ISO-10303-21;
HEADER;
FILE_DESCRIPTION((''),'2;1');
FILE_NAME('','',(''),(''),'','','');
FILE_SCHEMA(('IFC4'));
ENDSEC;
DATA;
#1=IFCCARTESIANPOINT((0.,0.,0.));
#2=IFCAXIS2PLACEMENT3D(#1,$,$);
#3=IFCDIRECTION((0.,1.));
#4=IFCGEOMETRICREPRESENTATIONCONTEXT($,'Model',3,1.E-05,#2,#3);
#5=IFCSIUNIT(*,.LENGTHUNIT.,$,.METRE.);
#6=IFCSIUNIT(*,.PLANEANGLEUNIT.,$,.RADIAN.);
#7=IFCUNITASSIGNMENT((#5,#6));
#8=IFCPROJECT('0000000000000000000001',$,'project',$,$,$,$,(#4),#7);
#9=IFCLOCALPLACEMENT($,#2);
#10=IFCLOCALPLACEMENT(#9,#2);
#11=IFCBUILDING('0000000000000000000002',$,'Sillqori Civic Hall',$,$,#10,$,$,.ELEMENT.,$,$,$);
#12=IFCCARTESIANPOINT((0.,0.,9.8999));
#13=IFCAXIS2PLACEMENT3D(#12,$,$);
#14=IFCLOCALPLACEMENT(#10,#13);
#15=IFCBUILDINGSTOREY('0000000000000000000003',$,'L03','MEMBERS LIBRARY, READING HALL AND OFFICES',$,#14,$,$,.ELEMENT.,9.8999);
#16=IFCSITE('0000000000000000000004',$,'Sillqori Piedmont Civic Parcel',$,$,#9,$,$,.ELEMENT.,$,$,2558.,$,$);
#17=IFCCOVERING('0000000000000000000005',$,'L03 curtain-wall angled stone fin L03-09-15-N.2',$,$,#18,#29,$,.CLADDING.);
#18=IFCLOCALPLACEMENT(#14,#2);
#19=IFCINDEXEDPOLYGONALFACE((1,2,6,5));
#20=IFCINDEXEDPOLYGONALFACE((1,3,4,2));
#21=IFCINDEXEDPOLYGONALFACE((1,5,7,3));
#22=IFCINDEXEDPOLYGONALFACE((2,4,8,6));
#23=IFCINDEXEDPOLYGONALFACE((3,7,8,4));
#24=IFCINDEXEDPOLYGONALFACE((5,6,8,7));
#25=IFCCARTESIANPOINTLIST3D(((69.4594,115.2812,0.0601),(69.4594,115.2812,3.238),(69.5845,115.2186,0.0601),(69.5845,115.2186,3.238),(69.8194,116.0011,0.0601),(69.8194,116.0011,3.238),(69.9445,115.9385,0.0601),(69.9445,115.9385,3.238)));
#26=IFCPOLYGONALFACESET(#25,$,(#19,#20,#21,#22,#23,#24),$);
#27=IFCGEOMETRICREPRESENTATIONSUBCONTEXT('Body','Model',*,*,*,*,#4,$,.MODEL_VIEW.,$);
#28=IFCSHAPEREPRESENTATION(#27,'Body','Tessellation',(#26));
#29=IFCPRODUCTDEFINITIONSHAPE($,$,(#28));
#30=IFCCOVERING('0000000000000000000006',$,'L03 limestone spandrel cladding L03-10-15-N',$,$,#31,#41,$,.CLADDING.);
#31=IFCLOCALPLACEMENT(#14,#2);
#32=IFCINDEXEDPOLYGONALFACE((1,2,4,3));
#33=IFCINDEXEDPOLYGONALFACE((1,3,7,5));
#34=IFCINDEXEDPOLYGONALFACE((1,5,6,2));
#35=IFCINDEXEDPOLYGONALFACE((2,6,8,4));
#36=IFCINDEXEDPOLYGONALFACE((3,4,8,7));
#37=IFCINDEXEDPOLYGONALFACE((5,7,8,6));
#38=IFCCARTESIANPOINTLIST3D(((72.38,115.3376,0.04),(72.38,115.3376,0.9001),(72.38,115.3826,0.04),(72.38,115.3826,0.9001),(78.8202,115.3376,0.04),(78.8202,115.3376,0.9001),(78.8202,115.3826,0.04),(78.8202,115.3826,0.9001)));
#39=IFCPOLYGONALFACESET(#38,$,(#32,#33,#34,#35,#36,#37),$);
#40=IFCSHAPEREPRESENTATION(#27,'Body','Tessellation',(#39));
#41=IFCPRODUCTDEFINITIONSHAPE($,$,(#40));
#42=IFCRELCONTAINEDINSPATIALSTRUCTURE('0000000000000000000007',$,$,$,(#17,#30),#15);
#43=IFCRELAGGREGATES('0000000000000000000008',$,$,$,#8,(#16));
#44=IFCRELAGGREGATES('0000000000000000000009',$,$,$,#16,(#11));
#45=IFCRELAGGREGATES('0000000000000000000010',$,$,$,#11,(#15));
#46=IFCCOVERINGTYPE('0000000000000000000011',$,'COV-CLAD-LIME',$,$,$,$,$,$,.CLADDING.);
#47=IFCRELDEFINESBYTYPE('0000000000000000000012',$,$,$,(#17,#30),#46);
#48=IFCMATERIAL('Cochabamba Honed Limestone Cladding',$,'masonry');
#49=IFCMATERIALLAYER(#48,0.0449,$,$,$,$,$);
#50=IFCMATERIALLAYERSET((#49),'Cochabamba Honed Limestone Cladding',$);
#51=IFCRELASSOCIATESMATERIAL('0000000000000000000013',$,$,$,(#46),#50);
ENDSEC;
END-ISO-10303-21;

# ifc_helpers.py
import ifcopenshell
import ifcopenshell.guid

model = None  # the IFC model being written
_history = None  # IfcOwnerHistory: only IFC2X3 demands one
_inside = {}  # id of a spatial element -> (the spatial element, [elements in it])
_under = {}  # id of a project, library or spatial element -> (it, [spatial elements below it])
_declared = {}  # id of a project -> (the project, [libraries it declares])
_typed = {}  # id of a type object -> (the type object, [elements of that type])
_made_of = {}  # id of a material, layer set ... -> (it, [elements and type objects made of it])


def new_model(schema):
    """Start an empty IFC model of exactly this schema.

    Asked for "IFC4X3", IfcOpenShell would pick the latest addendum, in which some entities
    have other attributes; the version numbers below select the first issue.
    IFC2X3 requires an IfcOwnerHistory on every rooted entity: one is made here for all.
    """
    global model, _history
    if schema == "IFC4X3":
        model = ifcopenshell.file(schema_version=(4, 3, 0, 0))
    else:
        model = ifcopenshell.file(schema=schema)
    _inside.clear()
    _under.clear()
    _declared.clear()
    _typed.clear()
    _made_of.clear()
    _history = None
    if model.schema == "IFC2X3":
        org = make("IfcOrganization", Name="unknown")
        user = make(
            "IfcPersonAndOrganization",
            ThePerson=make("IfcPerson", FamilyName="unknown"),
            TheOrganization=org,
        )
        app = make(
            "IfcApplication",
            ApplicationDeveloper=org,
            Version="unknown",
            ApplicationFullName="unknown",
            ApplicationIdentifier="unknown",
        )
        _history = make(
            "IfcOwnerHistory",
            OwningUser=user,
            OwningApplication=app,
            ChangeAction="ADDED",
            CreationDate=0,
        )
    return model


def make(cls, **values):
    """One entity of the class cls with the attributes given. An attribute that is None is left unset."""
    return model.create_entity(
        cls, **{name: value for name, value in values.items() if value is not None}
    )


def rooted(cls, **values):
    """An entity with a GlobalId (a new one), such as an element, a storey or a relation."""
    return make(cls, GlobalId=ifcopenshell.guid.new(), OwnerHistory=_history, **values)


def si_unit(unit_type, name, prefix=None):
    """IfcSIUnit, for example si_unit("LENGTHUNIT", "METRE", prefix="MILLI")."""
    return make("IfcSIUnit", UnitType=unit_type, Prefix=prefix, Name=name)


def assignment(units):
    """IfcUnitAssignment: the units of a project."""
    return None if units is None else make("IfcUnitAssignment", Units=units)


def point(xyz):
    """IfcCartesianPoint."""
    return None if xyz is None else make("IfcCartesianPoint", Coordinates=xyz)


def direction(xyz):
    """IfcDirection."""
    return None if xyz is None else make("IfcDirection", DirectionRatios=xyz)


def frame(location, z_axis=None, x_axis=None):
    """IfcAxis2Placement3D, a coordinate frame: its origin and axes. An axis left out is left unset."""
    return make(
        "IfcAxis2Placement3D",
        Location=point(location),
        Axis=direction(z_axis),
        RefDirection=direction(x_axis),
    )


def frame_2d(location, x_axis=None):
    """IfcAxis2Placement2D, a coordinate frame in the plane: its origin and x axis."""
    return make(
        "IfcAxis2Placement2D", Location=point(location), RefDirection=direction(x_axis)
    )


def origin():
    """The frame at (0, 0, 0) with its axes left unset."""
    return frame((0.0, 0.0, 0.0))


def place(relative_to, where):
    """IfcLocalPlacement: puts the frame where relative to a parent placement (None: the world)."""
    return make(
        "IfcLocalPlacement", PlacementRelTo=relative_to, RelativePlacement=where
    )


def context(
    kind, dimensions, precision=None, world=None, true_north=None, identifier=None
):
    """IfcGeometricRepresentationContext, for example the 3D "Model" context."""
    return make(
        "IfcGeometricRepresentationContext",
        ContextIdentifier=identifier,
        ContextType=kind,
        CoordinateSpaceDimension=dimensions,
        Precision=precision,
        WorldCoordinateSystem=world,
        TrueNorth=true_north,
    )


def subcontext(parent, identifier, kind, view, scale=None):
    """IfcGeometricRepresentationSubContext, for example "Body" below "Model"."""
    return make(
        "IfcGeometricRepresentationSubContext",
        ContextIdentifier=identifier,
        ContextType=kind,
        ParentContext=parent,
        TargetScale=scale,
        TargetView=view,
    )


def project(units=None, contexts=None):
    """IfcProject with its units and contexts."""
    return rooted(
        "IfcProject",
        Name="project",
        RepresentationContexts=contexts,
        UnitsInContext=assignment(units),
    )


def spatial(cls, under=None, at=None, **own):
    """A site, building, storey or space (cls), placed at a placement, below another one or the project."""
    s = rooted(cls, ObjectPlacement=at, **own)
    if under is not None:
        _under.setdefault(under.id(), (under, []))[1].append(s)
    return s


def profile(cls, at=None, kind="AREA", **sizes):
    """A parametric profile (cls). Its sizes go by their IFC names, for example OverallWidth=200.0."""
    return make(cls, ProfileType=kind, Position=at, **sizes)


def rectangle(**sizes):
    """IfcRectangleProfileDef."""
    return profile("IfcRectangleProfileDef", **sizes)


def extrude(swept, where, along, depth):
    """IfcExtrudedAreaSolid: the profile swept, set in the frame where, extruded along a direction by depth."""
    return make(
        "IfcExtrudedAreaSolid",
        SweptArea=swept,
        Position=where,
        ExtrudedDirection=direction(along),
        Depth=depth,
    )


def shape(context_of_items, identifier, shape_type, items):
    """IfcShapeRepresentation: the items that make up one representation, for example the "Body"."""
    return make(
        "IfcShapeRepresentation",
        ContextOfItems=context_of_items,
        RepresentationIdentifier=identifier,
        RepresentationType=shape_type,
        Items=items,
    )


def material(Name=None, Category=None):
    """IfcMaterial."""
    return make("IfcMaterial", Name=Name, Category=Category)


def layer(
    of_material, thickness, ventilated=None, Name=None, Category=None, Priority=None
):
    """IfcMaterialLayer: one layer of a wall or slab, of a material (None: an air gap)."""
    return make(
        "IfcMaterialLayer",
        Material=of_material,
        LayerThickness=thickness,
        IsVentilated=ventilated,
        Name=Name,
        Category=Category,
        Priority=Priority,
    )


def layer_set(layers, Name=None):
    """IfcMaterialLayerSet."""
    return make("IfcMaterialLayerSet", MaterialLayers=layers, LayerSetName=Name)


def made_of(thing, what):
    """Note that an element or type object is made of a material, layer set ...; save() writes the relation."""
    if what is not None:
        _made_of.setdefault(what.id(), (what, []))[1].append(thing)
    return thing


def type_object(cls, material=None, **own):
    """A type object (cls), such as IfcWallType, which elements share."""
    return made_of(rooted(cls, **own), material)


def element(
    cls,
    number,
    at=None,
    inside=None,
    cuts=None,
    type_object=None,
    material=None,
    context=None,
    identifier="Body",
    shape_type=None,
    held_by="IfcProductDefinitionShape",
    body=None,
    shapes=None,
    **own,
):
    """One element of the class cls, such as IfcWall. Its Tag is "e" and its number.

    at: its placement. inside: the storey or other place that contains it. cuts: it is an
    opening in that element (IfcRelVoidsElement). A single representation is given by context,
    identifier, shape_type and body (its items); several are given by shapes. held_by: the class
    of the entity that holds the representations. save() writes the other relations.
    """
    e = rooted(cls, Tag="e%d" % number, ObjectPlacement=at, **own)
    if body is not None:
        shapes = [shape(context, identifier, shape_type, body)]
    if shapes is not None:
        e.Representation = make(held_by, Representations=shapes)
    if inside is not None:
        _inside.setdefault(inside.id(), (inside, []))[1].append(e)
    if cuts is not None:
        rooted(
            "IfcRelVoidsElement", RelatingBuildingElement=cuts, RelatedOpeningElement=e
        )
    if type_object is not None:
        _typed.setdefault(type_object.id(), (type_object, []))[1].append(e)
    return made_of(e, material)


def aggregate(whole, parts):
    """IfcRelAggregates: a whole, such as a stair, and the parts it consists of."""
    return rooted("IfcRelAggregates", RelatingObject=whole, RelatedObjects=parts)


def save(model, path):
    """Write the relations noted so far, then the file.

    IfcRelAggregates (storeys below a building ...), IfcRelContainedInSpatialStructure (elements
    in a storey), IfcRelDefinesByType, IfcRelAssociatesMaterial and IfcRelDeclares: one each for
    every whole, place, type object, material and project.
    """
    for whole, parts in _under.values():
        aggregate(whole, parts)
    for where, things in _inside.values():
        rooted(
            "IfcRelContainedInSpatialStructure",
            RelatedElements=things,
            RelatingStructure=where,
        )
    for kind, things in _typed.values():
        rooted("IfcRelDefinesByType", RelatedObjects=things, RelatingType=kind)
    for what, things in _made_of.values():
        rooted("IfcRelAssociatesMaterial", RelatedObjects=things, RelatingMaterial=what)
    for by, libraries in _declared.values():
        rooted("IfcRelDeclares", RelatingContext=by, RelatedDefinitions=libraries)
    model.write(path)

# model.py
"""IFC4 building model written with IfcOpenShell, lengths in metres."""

from ifc_helpers import new_model, si_unit, direction, frame, frame_2d, origin, place, context, subcontext, project, spatial, rectangle, extrude, material, layer, layer_set, type_object, element, save


model = new_model("IFC4")

# Units and contexts
model_context = context("Model", 3, precision=1e-05, world=origin(), true_north=direction((0.0, 1.0)))
body_context = subcontext(model_context, "Body", "Model", "MODEL_VIEW")
ifc_project = project(units=[si_unit("LENGTHUNIT", "METRE"), si_unit("PLANEANGLEUNIT", "RADIAN")], contexts=[model_context])

# Site, building, storey
site_placement = place(None, origin())
site = spatial("IfcSite", under=ifc_project, at=site_placement, Name="Sillqori Piedmont Civic Parcel", CompositionType="ELEMENT", RefElevation=2558.0)
building_placement = place(site_placement, origin())
building = spatial("IfcBuilding", under=site, at=building_placement, Name="Sillqori Civic Hall", CompositionType="ELEMENT")
storey_placement = place(building_placement, frame((0.0, 0.0, 9.8999)))
storey = spatial("IfcBuildingStorey", under=building, at=storey_placement, Name="L03", Description="MEMBERS LIBRARY, READING HALL AND OFFICES", CompositionType="ELEMENT", Elevation=9.8999)

# Coverings
ifc_material_1 = material(Name="Cochabamba Honed Limestone Cladding", Category="masonry")
ifc_layer_1 = layer(ifc_material_1, 0.0449)
ifc_layer_set_1 = layer_set([ifc_layer_1], Name="Cochabamba Honed Limestone Cladding")
covering_type = type_object("IfcCoveringType", Name="COV-CLAD-LIME", PredefinedType="CLADDING", material=ifc_layer_set_1)
for number, where, z_axis, x_axis, name in (
    (1, (69.522, 115.25, 0.0601), (0.0, 0.0, 1.0), (0.447335, 0.894367, 0.0), "L03 curtain-wall angled stone fin L03-09-15-N.2"),
):
    element("IfcCovering", number, at=place(storey_placement, frame(where, z_axis=z_axis, x_axis=x_axis)), inside=storey, type_object=covering_type, Name=name, PredefinedType="CLADDING", context=body_context, shape_type="SweptSolid", body=[
        extrude(rectangle(XDim=0.8049, YDim=0.1399, at=frame_2d((0.4023, 0.0))), origin(), (0.0, 0.0, 1.0), 3.178),
    ])
covering_placement = place(storey_placement, frame((72.3799, 115.3601, 0.04), z_axis=(0.0, 0.0, 1.0), x_axis=(1.0, 0.0, 0.0)))
element("IfcCovering", 2, at=covering_placement, inside=storey, type_object=covering_type, Name="L03 limestone spandrel cladding L03-10-15-N", PredefinedType="CLADDING", context=body_context, shape_type="SweptSolid", body=[
    extrude(rectangle(XDim=6.4402, YDim=0.0449, at=frame_2d((3.2202, 0.0))), origin(), (0.0, 0.0, 1.0), 0.8601),
])

save(model, "model.ifc")
